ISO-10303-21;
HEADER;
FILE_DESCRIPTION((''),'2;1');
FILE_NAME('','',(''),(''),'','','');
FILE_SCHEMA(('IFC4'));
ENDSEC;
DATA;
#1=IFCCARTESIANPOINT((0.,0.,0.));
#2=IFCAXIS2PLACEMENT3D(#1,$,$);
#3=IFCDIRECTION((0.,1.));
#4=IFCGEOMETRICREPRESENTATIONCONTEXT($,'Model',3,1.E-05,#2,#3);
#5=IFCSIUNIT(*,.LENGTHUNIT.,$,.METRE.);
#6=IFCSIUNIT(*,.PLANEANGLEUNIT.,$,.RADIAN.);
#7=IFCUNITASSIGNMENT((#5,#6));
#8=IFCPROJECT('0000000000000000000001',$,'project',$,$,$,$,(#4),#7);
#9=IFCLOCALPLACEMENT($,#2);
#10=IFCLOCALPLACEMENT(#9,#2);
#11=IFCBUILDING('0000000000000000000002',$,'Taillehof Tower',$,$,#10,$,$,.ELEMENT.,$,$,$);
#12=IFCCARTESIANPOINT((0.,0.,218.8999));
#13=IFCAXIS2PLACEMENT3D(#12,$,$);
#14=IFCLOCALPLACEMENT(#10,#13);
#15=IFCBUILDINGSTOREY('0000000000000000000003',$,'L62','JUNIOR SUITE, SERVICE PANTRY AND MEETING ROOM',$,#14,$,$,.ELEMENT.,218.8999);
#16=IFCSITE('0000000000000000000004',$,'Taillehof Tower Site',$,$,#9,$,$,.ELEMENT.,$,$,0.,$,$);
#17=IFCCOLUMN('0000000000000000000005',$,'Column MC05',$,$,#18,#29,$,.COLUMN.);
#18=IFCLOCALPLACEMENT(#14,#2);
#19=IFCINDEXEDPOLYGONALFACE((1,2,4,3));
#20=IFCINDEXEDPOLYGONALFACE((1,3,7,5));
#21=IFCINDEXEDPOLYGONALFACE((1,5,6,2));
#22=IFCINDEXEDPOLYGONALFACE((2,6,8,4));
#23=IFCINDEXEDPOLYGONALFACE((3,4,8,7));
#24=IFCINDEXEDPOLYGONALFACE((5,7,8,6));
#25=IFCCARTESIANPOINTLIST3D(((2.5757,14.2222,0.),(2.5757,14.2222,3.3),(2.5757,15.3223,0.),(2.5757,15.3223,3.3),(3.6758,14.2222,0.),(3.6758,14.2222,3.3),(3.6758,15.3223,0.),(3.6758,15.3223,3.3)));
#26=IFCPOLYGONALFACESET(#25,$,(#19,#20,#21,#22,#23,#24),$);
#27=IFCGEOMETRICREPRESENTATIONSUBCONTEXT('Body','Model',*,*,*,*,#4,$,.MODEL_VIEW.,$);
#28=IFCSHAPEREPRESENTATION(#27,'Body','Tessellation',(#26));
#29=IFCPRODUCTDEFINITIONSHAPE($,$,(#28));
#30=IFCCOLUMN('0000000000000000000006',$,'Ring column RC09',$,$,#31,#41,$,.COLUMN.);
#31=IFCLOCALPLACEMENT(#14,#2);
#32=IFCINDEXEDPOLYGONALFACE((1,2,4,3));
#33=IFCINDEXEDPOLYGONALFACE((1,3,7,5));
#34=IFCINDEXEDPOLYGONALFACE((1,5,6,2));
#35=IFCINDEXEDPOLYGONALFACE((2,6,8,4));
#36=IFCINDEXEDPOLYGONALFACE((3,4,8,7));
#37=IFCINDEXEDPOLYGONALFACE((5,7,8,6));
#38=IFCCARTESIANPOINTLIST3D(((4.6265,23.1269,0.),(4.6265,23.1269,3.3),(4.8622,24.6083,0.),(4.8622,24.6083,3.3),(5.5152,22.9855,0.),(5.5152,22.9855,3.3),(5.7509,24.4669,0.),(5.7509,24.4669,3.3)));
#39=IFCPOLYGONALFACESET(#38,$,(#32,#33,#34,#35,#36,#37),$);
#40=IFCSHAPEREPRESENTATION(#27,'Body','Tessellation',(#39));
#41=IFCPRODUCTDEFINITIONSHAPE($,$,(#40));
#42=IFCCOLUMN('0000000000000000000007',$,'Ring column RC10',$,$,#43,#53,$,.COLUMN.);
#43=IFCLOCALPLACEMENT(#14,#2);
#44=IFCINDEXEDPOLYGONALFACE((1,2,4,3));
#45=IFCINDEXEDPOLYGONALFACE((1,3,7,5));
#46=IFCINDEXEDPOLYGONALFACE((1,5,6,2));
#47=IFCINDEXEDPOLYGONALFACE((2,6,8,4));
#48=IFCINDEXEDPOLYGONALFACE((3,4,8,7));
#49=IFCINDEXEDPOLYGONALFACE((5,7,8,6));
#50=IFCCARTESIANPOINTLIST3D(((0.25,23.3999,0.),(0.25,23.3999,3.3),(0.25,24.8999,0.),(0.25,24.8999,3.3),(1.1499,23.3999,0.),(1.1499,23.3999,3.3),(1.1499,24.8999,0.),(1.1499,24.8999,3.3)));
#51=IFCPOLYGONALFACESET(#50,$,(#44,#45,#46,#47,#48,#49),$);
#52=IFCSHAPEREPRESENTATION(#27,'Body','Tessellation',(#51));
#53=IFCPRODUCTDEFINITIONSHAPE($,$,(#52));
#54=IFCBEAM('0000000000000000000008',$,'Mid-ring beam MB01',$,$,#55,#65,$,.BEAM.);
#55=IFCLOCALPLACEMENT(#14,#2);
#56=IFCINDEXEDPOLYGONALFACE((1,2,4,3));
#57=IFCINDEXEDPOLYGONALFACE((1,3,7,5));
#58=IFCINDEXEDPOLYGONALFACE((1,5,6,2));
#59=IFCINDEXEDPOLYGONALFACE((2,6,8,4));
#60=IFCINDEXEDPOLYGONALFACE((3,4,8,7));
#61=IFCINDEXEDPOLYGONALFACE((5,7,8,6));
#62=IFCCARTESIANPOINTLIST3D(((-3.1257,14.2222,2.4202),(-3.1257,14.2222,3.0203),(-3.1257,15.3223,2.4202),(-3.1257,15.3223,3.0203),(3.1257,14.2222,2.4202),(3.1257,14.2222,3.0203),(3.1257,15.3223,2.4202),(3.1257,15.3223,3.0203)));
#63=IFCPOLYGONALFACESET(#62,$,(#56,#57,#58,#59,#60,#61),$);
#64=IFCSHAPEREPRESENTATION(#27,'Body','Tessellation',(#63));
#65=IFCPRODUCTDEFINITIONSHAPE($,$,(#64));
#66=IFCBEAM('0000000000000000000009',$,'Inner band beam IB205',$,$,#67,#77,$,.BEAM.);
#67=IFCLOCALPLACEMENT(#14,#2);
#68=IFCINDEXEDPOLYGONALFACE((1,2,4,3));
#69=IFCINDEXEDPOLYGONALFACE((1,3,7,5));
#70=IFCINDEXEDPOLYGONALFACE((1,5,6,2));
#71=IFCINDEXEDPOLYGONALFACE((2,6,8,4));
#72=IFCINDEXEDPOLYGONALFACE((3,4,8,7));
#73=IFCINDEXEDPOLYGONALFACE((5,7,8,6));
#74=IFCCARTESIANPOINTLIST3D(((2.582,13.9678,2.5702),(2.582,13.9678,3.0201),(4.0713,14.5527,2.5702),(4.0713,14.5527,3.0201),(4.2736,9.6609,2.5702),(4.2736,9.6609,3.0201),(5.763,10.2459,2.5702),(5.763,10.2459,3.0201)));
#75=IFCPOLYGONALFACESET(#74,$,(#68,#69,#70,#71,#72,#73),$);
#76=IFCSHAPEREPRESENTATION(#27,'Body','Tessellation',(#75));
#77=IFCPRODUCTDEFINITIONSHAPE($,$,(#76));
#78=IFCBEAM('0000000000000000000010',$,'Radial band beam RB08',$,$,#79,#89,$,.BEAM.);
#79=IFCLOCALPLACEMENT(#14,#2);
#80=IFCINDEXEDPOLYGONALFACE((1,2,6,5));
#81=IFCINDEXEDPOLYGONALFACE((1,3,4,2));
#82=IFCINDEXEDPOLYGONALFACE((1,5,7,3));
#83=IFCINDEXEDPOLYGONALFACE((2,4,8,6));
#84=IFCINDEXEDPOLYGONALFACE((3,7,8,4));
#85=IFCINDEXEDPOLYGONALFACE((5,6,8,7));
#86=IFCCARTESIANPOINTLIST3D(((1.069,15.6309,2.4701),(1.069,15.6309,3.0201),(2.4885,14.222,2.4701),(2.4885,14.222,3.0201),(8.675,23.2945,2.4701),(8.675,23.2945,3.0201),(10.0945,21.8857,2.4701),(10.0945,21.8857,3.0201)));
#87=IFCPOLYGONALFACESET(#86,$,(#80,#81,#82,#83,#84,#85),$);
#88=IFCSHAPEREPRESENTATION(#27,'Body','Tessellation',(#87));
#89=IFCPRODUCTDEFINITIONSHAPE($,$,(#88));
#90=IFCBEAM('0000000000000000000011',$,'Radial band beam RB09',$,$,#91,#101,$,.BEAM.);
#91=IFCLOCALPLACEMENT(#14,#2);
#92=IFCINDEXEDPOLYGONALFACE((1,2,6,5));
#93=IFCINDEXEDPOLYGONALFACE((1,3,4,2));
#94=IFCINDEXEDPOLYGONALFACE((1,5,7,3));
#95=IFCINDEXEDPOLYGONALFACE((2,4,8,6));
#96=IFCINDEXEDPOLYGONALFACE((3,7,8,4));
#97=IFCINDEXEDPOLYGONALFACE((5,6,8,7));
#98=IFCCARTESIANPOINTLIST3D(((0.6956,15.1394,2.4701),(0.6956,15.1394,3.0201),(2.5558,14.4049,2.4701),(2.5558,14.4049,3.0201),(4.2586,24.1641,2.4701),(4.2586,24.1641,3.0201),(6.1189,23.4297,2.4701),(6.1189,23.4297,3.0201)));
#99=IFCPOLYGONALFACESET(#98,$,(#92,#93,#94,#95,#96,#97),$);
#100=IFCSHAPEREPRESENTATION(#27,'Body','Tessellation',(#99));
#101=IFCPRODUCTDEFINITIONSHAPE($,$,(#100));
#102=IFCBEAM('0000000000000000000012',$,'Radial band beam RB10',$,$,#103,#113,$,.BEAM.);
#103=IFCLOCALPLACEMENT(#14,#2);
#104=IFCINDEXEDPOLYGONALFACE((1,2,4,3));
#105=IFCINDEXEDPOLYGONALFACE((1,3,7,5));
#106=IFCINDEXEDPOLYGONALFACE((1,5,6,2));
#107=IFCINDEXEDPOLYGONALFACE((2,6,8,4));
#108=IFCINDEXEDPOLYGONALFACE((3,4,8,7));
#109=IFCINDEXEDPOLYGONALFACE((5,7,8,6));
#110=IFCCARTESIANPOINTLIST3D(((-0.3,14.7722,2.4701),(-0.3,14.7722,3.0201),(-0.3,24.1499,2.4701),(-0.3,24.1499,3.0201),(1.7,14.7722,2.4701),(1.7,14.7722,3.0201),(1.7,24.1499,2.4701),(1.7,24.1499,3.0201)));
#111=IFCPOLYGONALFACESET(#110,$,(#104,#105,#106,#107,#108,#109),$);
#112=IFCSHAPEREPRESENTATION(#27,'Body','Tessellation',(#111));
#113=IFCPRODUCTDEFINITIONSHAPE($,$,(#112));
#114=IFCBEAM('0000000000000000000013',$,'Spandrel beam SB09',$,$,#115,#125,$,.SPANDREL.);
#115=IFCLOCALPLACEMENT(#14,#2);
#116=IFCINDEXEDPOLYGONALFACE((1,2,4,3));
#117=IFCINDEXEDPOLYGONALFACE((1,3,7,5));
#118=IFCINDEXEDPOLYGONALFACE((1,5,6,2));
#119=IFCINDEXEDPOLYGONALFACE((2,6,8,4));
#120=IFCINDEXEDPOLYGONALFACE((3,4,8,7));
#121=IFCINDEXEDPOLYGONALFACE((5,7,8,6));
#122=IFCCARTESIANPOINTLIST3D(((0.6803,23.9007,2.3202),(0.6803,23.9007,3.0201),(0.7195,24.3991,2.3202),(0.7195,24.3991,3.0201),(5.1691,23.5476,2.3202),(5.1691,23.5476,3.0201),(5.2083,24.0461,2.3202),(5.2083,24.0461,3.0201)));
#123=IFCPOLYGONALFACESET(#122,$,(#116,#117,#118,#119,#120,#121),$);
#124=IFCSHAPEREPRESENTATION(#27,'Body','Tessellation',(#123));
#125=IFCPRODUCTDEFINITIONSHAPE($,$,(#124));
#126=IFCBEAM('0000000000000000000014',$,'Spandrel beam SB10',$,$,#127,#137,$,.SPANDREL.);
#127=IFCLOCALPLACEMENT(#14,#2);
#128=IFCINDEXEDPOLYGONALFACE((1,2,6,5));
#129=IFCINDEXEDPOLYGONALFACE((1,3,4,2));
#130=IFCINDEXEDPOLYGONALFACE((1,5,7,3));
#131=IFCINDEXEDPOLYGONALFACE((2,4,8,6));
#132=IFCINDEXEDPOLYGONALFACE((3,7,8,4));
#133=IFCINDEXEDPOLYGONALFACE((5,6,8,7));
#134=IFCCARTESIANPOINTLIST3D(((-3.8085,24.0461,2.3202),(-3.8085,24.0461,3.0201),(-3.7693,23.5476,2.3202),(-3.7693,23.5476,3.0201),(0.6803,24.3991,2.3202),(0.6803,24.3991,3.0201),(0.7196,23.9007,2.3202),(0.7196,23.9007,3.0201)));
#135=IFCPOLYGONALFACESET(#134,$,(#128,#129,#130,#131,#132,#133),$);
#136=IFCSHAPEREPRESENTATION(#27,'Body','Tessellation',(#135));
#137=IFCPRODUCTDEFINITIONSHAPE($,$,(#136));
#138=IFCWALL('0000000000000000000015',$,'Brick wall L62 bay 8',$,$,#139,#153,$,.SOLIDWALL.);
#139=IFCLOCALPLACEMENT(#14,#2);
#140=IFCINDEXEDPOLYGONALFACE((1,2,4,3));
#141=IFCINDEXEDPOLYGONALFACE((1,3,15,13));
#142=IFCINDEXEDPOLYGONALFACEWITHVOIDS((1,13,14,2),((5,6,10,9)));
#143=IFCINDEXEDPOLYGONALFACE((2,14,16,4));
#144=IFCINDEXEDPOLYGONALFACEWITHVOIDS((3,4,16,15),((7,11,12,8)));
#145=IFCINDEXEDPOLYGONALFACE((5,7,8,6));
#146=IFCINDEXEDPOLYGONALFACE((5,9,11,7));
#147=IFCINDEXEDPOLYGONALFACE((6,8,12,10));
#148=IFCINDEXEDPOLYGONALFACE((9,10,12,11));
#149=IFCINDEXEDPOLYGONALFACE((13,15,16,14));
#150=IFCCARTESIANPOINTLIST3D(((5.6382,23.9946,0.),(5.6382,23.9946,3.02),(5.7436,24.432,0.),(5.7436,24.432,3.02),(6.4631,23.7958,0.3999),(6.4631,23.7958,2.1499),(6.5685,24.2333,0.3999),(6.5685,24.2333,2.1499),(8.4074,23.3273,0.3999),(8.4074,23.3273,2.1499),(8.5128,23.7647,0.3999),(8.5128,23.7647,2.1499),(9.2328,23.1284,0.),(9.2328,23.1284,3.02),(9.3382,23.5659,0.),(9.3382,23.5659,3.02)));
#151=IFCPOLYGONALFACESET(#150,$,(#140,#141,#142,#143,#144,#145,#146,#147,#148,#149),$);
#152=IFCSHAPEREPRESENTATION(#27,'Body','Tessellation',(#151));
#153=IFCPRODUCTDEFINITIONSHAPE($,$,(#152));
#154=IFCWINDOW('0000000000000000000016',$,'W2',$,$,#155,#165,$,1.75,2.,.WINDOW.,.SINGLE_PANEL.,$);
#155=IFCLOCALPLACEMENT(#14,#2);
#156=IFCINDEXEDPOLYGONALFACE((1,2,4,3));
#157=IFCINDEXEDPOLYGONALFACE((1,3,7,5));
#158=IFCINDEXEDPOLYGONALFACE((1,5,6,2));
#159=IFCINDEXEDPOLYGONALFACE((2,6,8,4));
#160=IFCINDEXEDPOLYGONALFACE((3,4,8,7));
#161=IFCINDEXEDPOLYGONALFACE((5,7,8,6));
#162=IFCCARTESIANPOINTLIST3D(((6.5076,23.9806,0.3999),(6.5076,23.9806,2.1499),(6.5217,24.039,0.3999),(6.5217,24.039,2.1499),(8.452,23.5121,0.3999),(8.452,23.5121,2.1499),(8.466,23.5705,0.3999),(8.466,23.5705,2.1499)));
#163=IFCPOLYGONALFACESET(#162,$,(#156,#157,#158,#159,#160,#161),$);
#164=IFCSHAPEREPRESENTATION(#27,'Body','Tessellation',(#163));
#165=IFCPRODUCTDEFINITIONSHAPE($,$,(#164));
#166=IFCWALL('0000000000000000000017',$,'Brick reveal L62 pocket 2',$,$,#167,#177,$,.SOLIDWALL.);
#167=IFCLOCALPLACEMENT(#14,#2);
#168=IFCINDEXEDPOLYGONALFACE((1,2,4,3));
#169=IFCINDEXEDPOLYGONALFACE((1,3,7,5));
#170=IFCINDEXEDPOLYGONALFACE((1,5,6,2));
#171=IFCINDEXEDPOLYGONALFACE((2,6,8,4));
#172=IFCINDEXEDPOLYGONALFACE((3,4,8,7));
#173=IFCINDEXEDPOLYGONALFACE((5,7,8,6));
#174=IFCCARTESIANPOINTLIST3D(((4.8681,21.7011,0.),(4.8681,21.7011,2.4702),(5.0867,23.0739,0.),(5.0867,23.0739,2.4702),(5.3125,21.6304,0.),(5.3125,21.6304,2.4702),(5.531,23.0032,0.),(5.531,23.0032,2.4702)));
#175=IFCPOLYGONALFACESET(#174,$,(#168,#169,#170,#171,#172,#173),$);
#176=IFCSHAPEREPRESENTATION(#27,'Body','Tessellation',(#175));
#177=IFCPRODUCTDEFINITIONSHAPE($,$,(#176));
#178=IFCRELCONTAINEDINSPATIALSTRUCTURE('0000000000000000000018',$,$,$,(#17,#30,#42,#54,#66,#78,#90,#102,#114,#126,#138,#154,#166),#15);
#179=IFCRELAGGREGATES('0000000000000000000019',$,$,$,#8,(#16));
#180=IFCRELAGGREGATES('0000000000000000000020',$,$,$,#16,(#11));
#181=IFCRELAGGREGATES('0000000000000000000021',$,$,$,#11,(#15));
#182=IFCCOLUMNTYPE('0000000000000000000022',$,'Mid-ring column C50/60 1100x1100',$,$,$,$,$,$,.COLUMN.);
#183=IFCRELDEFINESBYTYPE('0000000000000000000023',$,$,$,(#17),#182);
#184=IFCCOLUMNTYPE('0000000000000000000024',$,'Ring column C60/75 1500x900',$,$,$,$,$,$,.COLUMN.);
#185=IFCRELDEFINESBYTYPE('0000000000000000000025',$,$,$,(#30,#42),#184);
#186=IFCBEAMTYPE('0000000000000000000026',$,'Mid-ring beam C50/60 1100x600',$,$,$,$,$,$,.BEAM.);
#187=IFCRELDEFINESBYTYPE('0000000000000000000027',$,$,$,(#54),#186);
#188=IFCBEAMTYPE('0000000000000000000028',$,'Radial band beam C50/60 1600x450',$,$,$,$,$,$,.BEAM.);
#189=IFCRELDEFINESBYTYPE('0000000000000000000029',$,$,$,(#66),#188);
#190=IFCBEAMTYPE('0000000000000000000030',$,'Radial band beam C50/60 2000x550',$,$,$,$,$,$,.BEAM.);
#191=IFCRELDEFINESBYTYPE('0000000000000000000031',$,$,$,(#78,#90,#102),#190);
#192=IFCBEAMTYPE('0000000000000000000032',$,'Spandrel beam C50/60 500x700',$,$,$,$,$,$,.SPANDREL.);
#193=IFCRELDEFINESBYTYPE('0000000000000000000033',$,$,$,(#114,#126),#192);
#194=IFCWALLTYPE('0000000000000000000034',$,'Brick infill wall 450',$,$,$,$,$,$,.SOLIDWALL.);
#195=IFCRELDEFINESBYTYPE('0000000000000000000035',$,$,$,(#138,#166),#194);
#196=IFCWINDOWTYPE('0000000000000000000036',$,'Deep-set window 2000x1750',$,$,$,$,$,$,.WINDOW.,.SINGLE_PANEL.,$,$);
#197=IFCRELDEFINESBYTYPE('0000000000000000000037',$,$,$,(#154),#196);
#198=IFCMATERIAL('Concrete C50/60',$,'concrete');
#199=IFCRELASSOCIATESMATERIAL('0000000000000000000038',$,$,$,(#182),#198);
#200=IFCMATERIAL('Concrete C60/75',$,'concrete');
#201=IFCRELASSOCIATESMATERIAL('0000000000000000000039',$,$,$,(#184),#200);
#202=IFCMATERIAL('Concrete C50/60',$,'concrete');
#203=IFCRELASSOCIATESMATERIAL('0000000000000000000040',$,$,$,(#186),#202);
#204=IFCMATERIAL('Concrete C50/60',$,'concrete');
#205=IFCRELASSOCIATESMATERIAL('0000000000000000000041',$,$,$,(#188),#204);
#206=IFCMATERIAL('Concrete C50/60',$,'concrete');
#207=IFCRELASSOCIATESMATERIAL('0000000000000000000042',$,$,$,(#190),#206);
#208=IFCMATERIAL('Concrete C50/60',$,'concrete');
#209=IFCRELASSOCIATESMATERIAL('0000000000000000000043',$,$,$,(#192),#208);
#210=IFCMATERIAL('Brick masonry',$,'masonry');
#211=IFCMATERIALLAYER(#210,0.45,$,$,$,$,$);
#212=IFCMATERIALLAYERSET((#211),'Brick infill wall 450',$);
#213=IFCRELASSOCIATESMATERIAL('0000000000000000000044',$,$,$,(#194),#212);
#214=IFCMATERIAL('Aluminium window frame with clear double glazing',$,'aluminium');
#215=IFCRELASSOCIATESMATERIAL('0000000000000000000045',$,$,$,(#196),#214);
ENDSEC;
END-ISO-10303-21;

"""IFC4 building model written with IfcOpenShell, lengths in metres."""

from ifc_helpers import new_model, si_unit, direction, frame, frame_2d, origin, origin_2d, place, context, subcontext, project, spatial, rectangle, extrude, material, layer, layer_set, material_profile, profile_set, type_object, element, fill, save


model = new_model("IFC4")

# Units and contexts
model_context = context("Model", 3, precision=1e-05, world=origin(), true_north=direction((0.0, 1.0)))
body_context = subcontext(model_context, "Body", "Model", "MODEL_VIEW")
ifc_project = project(units=[si_unit("LENGTHUNIT", "METRE"), si_unit("PLANEANGLEUNIT", "RADIAN")], contexts=[model_context])

# Site, building, storey
site_placement = place(None, origin())
site = spatial("IfcSite", under=ifc_project, at=site_placement, Name="Taillehof Tower Site", CompositionType="ELEMENT", RefElevation=0.0)
building_placement = place(site_placement, origin())
building = spatial("IfcBuilding", under=site, at=building_placement, Name="Taillehof Tower", CompositionType="ELEMENT")
storey_placement = place(building_placement, frame((0.0, 0.0, 218.8999)))
storey = spatial("IfcBuildingStorey", under=building, at=storey_placement, Name="L62", Description="JUNIOR SUITE, SERVICE PANTRY AND MEETING ROOM", CompositionType="ELEMENT", Elevation=218.8999)

# Columns
ifc_material_1 = material(Name="Concrete C50/60", Category="concrete")
ifc_material_profile_1 = material_profile(ifc_material_1, rectangle(XDim=1.1001, YDim=1.1001, at=origin_2d()), Name="RC 1100x1100")
ifc_profile_set_1 = profile_set([ifc_material_profile_1], Name="Concrete C50/60")
column_type_1 = type_object("IfcColumnType", Name="Mid-ring column C50/60 1100x1100", PredefinedType="COLUMN", material=ifc_profile_set_1)
column_placement = place(storey_placement, frame((3.1257, 14.7722, 0.0), z_axis=(0.0, 0.0, 1.0), x_axis=(1.0, 0.0, 0.0)))
element("IfcColumn", 1, at=column_placement, inside=storey, type_object=column_type_1, Name="Column MC05", PredefinedType="COLUMN", context=body_context, shape_type="SweptSolid", body=[
    extrude(rectangle(XDim=1.1001, YDim=1.1001, at=origin_2d()), origin(), (0.0, 0.0, 1.0), 3.3),
])
ifc_material_2 = material(Name="Concrete C60/75", Category="concrete")
ifc_material_profile_2 = material_profile(ifc_material_2, rectangle(XDim=1.5, YDim=0.8999, at=origin_2d()), Name="RC 1500x900")
ifc_profile_set_2 = profile_set([ifc_material_profile_2], Name="Concrete C60/75")
column_type_2 = type_object("IfcColumnType", Name="Ring column C60/75 1500x900", PredefinedType="COLUMN", material=ifc_profile_set_2)
for number, where, z_axis, x_axis, name in (
    (2, (5.1887, 23.7969, 0.0), (0.0, 0.0, 1.0), (0.157116, 0.98758, 0.0), "Ring column RC09"),
    (3, (0.7, 24.1499, 0.0), (0.0, 0.0, 1.0), (0.0, 1.0, 0.0), "Ring column RC10"),
):
    element("IfcColumn", number, at=place(storey_placement, frame(where, z_axis=z_axis, x_axis=x_axis)), inside=storey, type_object=column_type_2, Name=name, PredefinedType="COLUMN", context=body_context, shape_type="SweptSolid", body=[
        extrude(rectangle(XDim=1.5, YDim=0.8999, at=origin_2d()), origin(), (0.0, 0.0, 1.0), 3.3),
    ])

# Beams
ifc_material_3 = material(Name="Concrete C50/60", Category="concrete")
ifc_material_profile_3 = material_profile(ifc_material_3, rectangle(XDim=1.1001, YDim=0.6001, at=origin_2d()), Name="RC 1100x600")
ifc_profile_set_3 = profile_set([ifc_material_profile_3], Name="Concrete C50/60")
beam_type_1 = type_object("IfcBeamType", Name="Mid-ring beam C50/60 1100x600", PredefinedType="BEAM", material=ifc_profile_set_3)
beam_1_placement = place(storey_placement, frame((3.1257, 14.7722, 2.7202), z_axis=(-1.0, 0.0, 0.0), x_axis=(0.0, -1.0, 0.0)))
element("IfcBeam", 4, at=beam_1_placement, inside=storey, type_object=beam_type_1, Name="Mid-ring beam MB01", PredefinedType="BEAM", context=body_context, shape_type="SweptSolid", body=[
    extrude(rectangle(XDim=1.1001, YDim=0.6001, at=origin_2d()), origin(), (0.0, 0.0, 1.0), 6.2515),
])
ifc_material_4 = material(Name="Concrete C50/60", Category="concrete")
ifc_material_profile_4 = material_profile(ifc_material_4, rectangle(XDim=1.6001, YDim=0.45, at=origin_2d()), Name="RC 1600x450")
ifc_profile_set_4 = profile_set([ifc_material_profile_4], Name="Concrete C50/60")
beam_type_2 = type_object("IfcBeamType", Name="Radial band beam C50/60 1600x450", PredefinedType="BEAM", material=ifc_profile_set_4)
beam_2_placement = place(storey_placement, frame((3.3267, 14.2603, 2.7952), z_axis=(0.365589, -0.930777, 0.0), x_axis=(0.930777, 0.365589, 0.0)))
element("IfcBeam", 5, at=beam_2_placement, inside=storey, type_object=beam_type_2, Name="Inner band beam IB205", PredefinedType="BEAM", context=body_context, shape_type="SweptSolid", body=[
    extrude(rectangle(XDim=1.6001, YDim=0.45, at=origin_2d()), origin(), (0.0, 0.0, 1.0), 4.6272),
])
ifc_material_5 = material(Name="Concrete C50/60", Category="concrete")
ifc_material_profile_5 = material_profile(ifc_material_5, rectangle(XDim=2.0, YDim=0.55, at=origin_2d()), Name="RC 2000x550")
ifc_profile_set_5 = profile_set([ifc_material_profile_5], Name="Concrete C50/60")
beam_type_3 = type_object("IfcBeamType", Name="Radial band beam C50/60 2000x550", PredefinedType="BEAM", material=ifc_profile_set_5)
beam_3_placement = place(storey_placement, frame((9.3848, 22.5901, 2.7451), z_axis=(-0.704434, -0.70977, 0.0), x_axis=(0.70977, -0.704434, 0.0)))
element("IfcBeam", 6, at=beam_3_placement, inside=storey, type_object=beam_type_3, Name="Radial band beam RB08", PredefinedType="BEAM", context=body_context, shape_type="SweptSolid", body=[
    extrude(rectangle(XDim=2.0, YDim=0.55, at=origin_2d()), origin(), (0.0, 0.0, 1.0), 10.7974),
])
beam_4_placement = place(storey_placement, frame((5.1887, 23.7969, 2.7451), z_axis=(-0.367222, -0.930133, 0.0), x_axis=(0.930133, -0.367222, 0.0)))
element("IfcBeam", 7, at=beam_4_placement, inside=storey, type_object=beam_type_3, Name="Radial band beam RB09", PredefinedType="BEAM", context=body_context, shape_type="SweptSolid", body=[
    extrude(rectangle(XDim=2.0, YDim=0.55, at=origin_2d()), origin(), (0.0, 0.0, 1.0), 9.7026),
])
beam_5_placement = place(storey_placement, frame((0.7, 24.1499, 2.7451), z_axis=(0.0, -1.0, 0.0), x_axis=(1.0, 0.0, 0.0)))
element("IfcBeam", 8, at=beam_5_placement, inside=storey, type_object=beam_type_3, Name="Radial band beam RB10", PredefinedType="BEAM", context=body_context, shape_type="SweptSolid", body=[
    extrude(rectangle(XDim=2.0, YDim=0.55, at=origin_2d()), origin(), (0.0, 0.0, 1.0), 9.3777),
])
ifc_material_6 = material(Name="Concrete C50/60", Category="concrete")
ifc_material_profile_6 = material_profile(ifc_material_6, rectangle(XDim=0.5, YDim=0.7, at=origin_2d()), Name="RC 500x700")
ifc_profile_set_6 = profile_set([ifc_material_profile_6], Name="Concrete C50/60")
beam_type_4 = type_object("IfcBeamType", Name="Spandrel beam C50/60 500x700", PredefinedType="SPANDREL", material=ifc_profile_set_6)
for number, where, z_axis, x_axis, name in (
    (9, (5.1887, 23.7969, 2.6702), (-0.996922, 0.078405, 0.0), (-0.078405, -0.996922, 0.0), "Spandrel beam SB09"),
    (10, (0.7, 24.1499, 2.6702), (-0.996922, -0.078405, 0.0), (0.078405, -0.996922, 0.0), "Spandrel beam SB10"),
):
    element("IfcBeam", number, at=place(storey_placement, frame(where, z_axis=z_axis, x_axis=x_axis)), inside=storey, type_object=beam_type_4, Name=name, PredefinedType="SPANDREL", context=body_context, shape_type="SweptSolid", body=[
        extrude(rectangle(XDim=0.5, YDim=0.7, at=origin_2d()), origin(), (0.0, 0.0, 1.0), 4.5027),
    ])

# Wall, opening, window
ifc_material_7 = material(Name="Brick masonry", Category="masonry")
ifc_layer_1 = layer(ifc_material_7, 0.45)
ifc_layer_set_1 = layer_set([ifc_layer_1], Name="Brick infill wall 450")
wall_type_1 = type_object("IfcWallType", Name="Brick infill wall 450", PredefinedType="SOLIDWALL", material=ifc_layer_set_1)
wall_1_placement = place(storey_placement, frame((9.2854, 23.3472, 0.0), z_axis=(0.0, 0.0, 1.0), x_axis=(-0.972174, 0.234262, 0.0)))
wall_1 = element("IfcWall", 11, at=wall_1_placement, inside=storey, type_object=wall_type_1, Name="Brick wall L62 bay 8", PredefinedType="SOLIDWALL", context=body_context, shape_type="SweptSolid", body=[
    extrude(rectangle(XDim=3.6975, YDim=0.45, at=frame_2d((1.8486, 0.0))), origin(), (0.0, 0.0, 1.0), 3.02),
])
opening_1_placement = place(wall_1_placement, frame((0.8489, 0.0, 0.3999)))
opening_1 = element("IfcOpeningElement", 12, at=opening_1_placement, cuts=wall_1, PredefinedType="OPENING", context=body_context, shape_type="SweptSolid", body=[
    extrude(rectangle(XDim=2.0, YDim=1.75, at=frame_2d((1.0, 0.875))), frame((0.0, 0.2349, 0.0), z_axis=(0.0, -1.0, 0.0), x_axis=(1.0, 0.0, 0.0)), (0.0, 0.0, 1.0), 0.47),
])
ifc_material_8 = material(Name="Aluminium window frame with clear double glazing", Category="aluminium")
window_type_1 = type_object("IfcWindowType", Name="Deep-set window 2000x1750", PartitioningType="SINGLE_PANEL", PredefinedType="WINDOW", material=ifc_material_8)
window_1_placement = place(opening_1_placement, origin())
window_1 = element("IfcWindow", 13, at=window_1_placement, inside=storey, type_object=window_type_1, Name="W2", OverallHeight=1.75, OverallWidth=2.0, PartitioningType="SINGLE_PANEL", PredefinedType="WINDOW", context=body_context, shape_type="SweptSolid", body=[
    extrude(rectangle(XDim=2.0, YDim=1.75, at=frame_2d((1.0, 0.875))), frame((0.0, 0.0349, 0.0), z_axis=(0.0, -1.0, 0.0), x_axis=(1.0, 0.0, 0.0)), (0.0, 0.0, 1.0), 0.0601),
])
fill(opening_1, window_1)

# Wall
wall_2_placement = place(storey_placement, frame((5.3088, 23.0386, 0.0), z_axis=(0.0, 0.0, 1.0), x_axis=(-0.157189, -0.987569, 0.0)))
element("IfcWall", 14, at=wall_2_placement, inside=storey, type_object=wall_type_1, Name="Brick reveal L62 pocket 2", PredefinedType="SOLIDWALL", context=body_context, shape_type="SweptSolid", body=[
    extrude(rectangle(XDim=1.3901, YDim=0.45, at=frame_2d((0.6951, 0.0))), origin(), (0.0, 0.0, 1.0), 2.4702),
])

save(model, "model.ifc")
